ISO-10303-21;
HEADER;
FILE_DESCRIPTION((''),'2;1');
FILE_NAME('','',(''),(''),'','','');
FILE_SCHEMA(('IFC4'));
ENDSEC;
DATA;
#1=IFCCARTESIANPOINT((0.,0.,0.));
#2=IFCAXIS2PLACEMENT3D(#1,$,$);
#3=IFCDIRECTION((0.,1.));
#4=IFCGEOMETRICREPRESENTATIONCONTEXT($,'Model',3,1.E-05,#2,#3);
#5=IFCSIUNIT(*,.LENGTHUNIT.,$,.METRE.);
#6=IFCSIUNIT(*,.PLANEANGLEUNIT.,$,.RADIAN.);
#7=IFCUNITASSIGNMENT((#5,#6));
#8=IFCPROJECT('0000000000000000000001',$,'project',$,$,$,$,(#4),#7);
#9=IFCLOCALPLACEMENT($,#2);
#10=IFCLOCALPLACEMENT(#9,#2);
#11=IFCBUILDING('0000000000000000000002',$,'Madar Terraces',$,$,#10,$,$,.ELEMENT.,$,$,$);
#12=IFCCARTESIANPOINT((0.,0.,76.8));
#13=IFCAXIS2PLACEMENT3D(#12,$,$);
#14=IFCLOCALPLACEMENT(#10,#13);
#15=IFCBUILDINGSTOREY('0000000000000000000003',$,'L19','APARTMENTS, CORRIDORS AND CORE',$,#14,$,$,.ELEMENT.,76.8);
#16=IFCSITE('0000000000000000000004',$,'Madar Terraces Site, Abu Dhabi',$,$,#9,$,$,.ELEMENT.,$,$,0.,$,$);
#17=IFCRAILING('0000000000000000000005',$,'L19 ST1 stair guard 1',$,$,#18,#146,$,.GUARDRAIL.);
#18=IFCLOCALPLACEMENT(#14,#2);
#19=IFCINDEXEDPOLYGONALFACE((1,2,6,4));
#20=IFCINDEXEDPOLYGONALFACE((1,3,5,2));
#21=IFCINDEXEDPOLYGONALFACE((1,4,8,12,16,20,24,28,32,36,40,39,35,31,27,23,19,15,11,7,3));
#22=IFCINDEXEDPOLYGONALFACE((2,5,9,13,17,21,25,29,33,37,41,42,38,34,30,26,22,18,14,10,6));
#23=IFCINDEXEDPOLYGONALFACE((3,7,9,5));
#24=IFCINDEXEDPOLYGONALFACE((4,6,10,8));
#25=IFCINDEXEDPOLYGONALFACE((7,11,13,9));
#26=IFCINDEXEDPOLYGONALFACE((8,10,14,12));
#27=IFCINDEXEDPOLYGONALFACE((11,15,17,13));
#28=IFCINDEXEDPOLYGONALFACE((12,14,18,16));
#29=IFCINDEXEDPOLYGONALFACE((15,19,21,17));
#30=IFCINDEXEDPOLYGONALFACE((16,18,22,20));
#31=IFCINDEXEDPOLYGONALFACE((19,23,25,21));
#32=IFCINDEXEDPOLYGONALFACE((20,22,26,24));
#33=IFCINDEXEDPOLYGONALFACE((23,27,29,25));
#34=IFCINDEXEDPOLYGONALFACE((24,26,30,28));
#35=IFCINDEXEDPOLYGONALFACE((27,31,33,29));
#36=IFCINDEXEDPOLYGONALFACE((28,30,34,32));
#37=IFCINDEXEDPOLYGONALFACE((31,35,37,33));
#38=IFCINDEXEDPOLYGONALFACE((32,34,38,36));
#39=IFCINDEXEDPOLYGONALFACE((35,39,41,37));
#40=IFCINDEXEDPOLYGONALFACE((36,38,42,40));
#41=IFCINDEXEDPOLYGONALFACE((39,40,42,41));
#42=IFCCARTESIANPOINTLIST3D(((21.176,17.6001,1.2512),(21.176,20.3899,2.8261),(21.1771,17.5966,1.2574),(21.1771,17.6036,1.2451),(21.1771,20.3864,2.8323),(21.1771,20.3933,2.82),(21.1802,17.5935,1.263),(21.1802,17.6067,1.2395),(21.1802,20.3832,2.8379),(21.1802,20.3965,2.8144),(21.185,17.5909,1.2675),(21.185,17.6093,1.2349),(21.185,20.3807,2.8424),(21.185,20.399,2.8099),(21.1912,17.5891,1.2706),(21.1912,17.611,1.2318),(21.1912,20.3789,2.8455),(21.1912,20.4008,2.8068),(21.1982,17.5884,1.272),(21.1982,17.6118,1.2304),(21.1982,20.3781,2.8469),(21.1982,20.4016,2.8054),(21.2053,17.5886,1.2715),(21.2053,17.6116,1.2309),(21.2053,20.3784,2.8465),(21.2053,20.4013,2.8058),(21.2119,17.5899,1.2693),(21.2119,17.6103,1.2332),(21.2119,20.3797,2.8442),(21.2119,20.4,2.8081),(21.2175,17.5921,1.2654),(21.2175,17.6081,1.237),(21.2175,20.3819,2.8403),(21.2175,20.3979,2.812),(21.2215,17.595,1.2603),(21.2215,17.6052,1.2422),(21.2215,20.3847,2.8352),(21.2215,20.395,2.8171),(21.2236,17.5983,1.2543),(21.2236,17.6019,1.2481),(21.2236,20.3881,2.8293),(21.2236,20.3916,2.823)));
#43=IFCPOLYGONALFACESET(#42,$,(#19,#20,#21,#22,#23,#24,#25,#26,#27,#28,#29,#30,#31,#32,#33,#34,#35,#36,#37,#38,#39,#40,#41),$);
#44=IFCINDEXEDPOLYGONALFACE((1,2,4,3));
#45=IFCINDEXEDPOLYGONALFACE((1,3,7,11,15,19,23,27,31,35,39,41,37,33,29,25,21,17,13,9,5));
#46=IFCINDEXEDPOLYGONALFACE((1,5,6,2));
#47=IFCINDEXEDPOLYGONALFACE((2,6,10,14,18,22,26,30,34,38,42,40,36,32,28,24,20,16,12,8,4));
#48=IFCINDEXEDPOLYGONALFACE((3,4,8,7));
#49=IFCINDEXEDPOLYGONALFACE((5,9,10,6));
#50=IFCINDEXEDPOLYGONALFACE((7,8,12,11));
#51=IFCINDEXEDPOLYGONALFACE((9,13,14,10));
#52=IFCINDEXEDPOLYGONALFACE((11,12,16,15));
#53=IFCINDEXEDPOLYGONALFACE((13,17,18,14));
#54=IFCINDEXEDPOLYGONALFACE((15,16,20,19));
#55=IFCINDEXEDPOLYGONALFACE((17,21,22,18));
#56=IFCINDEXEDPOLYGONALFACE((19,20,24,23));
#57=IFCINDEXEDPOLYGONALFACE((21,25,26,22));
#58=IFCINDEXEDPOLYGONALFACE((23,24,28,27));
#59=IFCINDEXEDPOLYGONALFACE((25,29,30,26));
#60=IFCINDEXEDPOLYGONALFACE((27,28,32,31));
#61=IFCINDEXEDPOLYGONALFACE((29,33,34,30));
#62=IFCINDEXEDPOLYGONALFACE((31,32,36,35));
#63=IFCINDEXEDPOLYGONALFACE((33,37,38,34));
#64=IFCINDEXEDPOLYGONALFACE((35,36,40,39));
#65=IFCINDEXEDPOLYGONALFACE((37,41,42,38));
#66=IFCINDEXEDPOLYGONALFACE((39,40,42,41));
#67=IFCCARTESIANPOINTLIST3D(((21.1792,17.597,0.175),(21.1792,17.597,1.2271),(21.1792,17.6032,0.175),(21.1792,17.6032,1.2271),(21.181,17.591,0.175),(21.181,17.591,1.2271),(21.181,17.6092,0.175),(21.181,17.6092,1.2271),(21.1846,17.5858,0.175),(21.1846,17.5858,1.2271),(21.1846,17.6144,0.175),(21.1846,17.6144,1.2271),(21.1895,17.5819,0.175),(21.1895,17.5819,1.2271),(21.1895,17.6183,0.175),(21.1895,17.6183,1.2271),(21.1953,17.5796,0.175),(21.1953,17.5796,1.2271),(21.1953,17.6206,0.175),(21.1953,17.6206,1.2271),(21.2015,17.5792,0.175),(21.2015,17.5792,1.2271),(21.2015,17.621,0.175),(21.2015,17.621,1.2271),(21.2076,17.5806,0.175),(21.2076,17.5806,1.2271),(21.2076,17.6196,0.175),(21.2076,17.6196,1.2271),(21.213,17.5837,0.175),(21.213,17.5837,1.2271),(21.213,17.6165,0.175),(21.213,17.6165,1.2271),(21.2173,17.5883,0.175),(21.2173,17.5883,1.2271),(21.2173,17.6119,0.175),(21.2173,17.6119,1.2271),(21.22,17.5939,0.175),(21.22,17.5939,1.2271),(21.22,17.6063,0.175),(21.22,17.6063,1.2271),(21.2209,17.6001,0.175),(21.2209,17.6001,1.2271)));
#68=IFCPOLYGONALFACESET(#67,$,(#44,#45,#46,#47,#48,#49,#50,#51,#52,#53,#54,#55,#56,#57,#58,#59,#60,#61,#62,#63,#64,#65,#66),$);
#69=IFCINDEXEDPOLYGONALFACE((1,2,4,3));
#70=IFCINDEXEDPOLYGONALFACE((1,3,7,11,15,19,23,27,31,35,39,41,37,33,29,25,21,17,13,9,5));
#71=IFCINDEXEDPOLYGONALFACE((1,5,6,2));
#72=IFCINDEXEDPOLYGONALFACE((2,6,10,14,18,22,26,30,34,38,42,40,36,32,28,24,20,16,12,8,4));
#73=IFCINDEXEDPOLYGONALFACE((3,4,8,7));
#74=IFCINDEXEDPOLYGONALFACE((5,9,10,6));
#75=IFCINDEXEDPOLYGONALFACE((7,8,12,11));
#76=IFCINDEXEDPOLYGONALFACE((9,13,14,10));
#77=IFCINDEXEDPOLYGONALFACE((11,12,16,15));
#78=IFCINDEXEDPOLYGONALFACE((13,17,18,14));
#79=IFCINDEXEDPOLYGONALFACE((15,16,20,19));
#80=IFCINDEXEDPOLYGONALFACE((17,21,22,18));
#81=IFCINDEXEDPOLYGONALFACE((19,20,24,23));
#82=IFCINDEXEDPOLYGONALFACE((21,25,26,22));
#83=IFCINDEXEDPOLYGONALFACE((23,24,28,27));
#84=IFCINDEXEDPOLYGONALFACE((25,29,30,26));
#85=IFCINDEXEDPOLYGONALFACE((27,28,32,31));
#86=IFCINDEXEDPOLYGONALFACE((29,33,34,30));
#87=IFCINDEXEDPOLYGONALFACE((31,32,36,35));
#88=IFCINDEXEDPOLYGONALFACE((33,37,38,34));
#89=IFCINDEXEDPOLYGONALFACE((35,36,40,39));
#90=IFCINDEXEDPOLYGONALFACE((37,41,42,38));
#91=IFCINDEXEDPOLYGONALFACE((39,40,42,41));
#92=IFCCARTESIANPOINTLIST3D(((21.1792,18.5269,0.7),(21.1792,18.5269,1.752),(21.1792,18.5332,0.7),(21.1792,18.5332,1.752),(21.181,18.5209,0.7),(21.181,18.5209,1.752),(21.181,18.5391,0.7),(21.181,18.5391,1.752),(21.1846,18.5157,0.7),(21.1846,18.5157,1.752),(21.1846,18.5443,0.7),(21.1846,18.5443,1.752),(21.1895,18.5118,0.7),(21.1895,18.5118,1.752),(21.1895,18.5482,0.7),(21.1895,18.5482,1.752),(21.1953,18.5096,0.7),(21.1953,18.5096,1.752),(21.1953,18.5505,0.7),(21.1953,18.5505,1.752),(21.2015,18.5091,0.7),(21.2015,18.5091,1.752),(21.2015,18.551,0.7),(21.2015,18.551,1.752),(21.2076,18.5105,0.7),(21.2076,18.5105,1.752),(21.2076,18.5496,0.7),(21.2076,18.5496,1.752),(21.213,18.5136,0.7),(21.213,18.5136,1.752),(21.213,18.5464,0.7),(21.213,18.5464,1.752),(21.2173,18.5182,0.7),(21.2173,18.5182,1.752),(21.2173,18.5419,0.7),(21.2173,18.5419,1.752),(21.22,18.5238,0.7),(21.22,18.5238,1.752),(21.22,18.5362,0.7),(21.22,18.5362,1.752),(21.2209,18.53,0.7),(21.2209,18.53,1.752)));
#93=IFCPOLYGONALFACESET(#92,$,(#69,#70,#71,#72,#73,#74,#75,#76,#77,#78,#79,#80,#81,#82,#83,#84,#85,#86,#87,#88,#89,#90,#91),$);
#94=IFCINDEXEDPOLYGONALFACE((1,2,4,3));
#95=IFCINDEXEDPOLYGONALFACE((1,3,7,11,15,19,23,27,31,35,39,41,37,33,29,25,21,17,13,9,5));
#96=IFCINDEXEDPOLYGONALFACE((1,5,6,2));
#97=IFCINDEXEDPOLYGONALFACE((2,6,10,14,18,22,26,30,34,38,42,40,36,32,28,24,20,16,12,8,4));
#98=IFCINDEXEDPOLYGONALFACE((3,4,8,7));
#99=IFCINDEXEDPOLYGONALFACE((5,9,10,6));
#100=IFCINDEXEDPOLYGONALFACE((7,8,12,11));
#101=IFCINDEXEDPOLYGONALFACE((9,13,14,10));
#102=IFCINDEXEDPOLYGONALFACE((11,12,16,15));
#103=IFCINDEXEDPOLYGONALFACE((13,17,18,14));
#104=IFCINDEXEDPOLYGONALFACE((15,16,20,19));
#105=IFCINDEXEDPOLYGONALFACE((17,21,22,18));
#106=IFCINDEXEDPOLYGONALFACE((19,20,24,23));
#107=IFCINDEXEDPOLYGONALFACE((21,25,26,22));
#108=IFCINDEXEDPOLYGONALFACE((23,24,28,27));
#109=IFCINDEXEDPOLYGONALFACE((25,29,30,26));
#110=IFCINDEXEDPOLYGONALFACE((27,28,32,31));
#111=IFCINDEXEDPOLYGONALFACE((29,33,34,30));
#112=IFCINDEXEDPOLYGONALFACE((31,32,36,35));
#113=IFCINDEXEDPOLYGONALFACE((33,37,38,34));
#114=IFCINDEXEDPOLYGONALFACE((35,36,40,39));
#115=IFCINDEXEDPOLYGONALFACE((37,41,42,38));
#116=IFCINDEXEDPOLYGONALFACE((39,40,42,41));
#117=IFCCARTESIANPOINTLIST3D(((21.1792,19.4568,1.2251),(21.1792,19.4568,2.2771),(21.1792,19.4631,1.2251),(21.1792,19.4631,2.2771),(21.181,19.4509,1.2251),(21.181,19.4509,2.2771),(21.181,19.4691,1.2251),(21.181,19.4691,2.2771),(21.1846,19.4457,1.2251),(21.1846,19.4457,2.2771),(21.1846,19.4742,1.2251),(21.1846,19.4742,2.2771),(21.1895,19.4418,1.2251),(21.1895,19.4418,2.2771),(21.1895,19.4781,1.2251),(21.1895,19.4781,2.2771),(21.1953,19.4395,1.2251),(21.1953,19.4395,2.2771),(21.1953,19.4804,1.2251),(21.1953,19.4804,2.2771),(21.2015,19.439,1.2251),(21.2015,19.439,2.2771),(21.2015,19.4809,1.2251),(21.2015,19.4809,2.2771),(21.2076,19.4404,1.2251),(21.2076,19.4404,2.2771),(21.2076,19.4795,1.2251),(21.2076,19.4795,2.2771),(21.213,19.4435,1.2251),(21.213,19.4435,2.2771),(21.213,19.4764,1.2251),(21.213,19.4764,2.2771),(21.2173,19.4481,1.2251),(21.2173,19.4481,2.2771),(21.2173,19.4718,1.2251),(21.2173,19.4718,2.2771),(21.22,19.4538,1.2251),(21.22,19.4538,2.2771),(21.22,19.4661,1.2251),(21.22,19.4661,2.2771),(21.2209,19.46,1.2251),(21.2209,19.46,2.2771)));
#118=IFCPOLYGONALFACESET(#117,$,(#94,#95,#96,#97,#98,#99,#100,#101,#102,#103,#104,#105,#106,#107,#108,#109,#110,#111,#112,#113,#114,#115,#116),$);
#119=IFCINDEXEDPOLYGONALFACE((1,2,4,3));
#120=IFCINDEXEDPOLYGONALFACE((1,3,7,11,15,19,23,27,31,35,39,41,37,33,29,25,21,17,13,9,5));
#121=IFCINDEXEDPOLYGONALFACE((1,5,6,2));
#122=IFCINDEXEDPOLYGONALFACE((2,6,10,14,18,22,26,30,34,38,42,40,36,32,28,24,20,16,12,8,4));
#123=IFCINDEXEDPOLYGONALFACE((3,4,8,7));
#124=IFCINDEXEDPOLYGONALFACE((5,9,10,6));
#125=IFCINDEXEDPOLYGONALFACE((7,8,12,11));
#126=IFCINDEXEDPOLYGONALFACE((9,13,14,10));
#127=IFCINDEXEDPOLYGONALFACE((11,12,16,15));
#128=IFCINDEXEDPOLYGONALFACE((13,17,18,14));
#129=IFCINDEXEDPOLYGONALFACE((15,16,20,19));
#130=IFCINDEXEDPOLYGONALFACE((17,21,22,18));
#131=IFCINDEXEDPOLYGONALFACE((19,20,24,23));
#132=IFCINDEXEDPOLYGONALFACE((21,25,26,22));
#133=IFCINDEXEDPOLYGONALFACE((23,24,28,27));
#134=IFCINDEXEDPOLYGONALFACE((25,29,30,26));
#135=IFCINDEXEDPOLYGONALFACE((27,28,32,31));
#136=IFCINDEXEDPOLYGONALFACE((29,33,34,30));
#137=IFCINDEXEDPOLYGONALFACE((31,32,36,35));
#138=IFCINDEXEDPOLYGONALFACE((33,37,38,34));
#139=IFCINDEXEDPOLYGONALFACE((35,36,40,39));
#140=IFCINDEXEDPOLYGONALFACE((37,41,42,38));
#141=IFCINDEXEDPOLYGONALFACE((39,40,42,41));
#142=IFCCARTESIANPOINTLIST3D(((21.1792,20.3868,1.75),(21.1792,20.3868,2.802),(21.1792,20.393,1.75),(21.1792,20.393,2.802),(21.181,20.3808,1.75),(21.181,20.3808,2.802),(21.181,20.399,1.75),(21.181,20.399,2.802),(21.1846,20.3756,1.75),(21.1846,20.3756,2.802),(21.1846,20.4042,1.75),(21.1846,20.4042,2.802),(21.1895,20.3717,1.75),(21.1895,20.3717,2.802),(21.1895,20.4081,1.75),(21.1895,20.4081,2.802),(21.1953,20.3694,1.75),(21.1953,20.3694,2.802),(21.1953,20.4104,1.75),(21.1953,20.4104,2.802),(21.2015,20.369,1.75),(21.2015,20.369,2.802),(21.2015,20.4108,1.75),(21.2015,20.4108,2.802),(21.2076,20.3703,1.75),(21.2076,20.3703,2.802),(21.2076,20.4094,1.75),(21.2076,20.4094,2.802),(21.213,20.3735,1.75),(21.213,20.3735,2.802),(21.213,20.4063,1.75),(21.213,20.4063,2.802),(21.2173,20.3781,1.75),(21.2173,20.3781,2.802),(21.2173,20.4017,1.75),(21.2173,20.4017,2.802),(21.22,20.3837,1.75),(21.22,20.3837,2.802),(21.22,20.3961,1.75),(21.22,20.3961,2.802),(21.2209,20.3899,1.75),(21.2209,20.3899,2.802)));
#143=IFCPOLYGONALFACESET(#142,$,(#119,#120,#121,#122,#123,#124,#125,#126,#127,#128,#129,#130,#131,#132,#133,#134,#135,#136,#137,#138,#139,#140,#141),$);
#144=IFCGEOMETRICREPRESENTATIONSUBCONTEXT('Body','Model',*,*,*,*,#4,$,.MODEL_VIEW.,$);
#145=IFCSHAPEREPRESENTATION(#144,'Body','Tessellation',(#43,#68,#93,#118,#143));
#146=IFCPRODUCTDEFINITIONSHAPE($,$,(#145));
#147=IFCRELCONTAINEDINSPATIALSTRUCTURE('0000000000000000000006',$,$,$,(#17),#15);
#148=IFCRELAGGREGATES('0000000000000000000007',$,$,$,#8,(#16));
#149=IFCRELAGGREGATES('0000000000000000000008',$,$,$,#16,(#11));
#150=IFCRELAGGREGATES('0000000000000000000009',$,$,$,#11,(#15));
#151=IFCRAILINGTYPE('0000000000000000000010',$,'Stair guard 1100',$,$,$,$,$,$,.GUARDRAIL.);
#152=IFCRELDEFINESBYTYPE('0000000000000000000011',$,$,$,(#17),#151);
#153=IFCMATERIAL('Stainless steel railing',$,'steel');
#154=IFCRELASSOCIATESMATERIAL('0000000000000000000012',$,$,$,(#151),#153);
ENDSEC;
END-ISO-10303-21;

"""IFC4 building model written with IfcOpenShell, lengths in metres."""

from ifc_helpers import new_model, si_unit, direction, frame, origin, origin_2d, place, context, subcontext, project, spatial, circle, extrude, material, type_object, element, save


model = new_model("IFC4")

# Units and contexts
model_context = context("Model", 3, precision=1e-05, world=origin(), true_north=direction((0.0, 1.0)))
body_context = subcontext(model_context, "Body", "Model", "MODEL_VIEW")
ifc_project = project(units=[si_unit("LENGTHUNIT", "METRE"), si_unit("PLANEANGLEUNIT", "RADIAN")], contexts=[model_context])

# Site, building, storey
site_placement = place(None, origin())
site = spatial("IfcSite", under=ifc_project, at=site_placement, Name="Madar Terraces Site, Abu Dhabi", CompositionType="ELEMENT", RefElevation=0.0)
building_placement = place(site_placement, origin())
building = spatial("IfcBuilding", under=site, at=building_placement, Name="Madar Terraces", CompositionType="ELEMENT")
storey_placement = place(building_placement, frame((0.0, 0.0, 76.8)))
storey = spatial("IfcBuildingStorey", under=building, at=storey_placement, Name="L19", Description="APARTMENTS, CORRIDORS AND CORE", CompositionType="ELEMENT", Elevation=76.8)

# Railing
ifc_material_1 = material(Name="Stainless steel railing", Category="steel")
railing_type_1 = type_object("IfcRailingType", Name="Stair guard 1100", PredefinedType="GUARDRAIL", material=ifc_material_1)
railing_1_placement = place(storey_placement, frame((21.2, 17.6001, 0.175)))
element("IfcRailing", 1, at=railing_1_placement, inside=storey, type_object=railing_type_1, Name="L19 ST1 stair guard 1", PredefinedType="GUARDRAIL", context=body_context, shape_type="SweptSolid", body=[
    extrude(circle(Radius=0.0239, at=origin_2d()), frame((0.0, 0.0, 1.0762), z_axis=(0.0, 0.870815, 0.49161), x_axis=(-1.0, 0.0, 0.0)), (0.0, 0.0, 1.0), 3.2036),
    extrude(circle(Radius=0.021, at=origin_2d()), origin(), (0.0, 0.0, 1.0), 1.052),
    extrude(circle(Radius=0.021, at=origin_2d()), frame((0.0, 0.9299, 0.5249)), (0.0, 0.0, 1.0), 1.052),
    extrude(circle(Radius=0.021, at=origin_2d()), frame((0.0, 1.8599, 1.05)), (0.0, 0.0, 1.0), 1.052),
    extrude(circle(Radius=0.021, at=origin_2d()), frame((0.0, 2.7898, 1.575)), (0.0, 0.0, 1.0), 1.052),
])

save(model, "model.ifc")
